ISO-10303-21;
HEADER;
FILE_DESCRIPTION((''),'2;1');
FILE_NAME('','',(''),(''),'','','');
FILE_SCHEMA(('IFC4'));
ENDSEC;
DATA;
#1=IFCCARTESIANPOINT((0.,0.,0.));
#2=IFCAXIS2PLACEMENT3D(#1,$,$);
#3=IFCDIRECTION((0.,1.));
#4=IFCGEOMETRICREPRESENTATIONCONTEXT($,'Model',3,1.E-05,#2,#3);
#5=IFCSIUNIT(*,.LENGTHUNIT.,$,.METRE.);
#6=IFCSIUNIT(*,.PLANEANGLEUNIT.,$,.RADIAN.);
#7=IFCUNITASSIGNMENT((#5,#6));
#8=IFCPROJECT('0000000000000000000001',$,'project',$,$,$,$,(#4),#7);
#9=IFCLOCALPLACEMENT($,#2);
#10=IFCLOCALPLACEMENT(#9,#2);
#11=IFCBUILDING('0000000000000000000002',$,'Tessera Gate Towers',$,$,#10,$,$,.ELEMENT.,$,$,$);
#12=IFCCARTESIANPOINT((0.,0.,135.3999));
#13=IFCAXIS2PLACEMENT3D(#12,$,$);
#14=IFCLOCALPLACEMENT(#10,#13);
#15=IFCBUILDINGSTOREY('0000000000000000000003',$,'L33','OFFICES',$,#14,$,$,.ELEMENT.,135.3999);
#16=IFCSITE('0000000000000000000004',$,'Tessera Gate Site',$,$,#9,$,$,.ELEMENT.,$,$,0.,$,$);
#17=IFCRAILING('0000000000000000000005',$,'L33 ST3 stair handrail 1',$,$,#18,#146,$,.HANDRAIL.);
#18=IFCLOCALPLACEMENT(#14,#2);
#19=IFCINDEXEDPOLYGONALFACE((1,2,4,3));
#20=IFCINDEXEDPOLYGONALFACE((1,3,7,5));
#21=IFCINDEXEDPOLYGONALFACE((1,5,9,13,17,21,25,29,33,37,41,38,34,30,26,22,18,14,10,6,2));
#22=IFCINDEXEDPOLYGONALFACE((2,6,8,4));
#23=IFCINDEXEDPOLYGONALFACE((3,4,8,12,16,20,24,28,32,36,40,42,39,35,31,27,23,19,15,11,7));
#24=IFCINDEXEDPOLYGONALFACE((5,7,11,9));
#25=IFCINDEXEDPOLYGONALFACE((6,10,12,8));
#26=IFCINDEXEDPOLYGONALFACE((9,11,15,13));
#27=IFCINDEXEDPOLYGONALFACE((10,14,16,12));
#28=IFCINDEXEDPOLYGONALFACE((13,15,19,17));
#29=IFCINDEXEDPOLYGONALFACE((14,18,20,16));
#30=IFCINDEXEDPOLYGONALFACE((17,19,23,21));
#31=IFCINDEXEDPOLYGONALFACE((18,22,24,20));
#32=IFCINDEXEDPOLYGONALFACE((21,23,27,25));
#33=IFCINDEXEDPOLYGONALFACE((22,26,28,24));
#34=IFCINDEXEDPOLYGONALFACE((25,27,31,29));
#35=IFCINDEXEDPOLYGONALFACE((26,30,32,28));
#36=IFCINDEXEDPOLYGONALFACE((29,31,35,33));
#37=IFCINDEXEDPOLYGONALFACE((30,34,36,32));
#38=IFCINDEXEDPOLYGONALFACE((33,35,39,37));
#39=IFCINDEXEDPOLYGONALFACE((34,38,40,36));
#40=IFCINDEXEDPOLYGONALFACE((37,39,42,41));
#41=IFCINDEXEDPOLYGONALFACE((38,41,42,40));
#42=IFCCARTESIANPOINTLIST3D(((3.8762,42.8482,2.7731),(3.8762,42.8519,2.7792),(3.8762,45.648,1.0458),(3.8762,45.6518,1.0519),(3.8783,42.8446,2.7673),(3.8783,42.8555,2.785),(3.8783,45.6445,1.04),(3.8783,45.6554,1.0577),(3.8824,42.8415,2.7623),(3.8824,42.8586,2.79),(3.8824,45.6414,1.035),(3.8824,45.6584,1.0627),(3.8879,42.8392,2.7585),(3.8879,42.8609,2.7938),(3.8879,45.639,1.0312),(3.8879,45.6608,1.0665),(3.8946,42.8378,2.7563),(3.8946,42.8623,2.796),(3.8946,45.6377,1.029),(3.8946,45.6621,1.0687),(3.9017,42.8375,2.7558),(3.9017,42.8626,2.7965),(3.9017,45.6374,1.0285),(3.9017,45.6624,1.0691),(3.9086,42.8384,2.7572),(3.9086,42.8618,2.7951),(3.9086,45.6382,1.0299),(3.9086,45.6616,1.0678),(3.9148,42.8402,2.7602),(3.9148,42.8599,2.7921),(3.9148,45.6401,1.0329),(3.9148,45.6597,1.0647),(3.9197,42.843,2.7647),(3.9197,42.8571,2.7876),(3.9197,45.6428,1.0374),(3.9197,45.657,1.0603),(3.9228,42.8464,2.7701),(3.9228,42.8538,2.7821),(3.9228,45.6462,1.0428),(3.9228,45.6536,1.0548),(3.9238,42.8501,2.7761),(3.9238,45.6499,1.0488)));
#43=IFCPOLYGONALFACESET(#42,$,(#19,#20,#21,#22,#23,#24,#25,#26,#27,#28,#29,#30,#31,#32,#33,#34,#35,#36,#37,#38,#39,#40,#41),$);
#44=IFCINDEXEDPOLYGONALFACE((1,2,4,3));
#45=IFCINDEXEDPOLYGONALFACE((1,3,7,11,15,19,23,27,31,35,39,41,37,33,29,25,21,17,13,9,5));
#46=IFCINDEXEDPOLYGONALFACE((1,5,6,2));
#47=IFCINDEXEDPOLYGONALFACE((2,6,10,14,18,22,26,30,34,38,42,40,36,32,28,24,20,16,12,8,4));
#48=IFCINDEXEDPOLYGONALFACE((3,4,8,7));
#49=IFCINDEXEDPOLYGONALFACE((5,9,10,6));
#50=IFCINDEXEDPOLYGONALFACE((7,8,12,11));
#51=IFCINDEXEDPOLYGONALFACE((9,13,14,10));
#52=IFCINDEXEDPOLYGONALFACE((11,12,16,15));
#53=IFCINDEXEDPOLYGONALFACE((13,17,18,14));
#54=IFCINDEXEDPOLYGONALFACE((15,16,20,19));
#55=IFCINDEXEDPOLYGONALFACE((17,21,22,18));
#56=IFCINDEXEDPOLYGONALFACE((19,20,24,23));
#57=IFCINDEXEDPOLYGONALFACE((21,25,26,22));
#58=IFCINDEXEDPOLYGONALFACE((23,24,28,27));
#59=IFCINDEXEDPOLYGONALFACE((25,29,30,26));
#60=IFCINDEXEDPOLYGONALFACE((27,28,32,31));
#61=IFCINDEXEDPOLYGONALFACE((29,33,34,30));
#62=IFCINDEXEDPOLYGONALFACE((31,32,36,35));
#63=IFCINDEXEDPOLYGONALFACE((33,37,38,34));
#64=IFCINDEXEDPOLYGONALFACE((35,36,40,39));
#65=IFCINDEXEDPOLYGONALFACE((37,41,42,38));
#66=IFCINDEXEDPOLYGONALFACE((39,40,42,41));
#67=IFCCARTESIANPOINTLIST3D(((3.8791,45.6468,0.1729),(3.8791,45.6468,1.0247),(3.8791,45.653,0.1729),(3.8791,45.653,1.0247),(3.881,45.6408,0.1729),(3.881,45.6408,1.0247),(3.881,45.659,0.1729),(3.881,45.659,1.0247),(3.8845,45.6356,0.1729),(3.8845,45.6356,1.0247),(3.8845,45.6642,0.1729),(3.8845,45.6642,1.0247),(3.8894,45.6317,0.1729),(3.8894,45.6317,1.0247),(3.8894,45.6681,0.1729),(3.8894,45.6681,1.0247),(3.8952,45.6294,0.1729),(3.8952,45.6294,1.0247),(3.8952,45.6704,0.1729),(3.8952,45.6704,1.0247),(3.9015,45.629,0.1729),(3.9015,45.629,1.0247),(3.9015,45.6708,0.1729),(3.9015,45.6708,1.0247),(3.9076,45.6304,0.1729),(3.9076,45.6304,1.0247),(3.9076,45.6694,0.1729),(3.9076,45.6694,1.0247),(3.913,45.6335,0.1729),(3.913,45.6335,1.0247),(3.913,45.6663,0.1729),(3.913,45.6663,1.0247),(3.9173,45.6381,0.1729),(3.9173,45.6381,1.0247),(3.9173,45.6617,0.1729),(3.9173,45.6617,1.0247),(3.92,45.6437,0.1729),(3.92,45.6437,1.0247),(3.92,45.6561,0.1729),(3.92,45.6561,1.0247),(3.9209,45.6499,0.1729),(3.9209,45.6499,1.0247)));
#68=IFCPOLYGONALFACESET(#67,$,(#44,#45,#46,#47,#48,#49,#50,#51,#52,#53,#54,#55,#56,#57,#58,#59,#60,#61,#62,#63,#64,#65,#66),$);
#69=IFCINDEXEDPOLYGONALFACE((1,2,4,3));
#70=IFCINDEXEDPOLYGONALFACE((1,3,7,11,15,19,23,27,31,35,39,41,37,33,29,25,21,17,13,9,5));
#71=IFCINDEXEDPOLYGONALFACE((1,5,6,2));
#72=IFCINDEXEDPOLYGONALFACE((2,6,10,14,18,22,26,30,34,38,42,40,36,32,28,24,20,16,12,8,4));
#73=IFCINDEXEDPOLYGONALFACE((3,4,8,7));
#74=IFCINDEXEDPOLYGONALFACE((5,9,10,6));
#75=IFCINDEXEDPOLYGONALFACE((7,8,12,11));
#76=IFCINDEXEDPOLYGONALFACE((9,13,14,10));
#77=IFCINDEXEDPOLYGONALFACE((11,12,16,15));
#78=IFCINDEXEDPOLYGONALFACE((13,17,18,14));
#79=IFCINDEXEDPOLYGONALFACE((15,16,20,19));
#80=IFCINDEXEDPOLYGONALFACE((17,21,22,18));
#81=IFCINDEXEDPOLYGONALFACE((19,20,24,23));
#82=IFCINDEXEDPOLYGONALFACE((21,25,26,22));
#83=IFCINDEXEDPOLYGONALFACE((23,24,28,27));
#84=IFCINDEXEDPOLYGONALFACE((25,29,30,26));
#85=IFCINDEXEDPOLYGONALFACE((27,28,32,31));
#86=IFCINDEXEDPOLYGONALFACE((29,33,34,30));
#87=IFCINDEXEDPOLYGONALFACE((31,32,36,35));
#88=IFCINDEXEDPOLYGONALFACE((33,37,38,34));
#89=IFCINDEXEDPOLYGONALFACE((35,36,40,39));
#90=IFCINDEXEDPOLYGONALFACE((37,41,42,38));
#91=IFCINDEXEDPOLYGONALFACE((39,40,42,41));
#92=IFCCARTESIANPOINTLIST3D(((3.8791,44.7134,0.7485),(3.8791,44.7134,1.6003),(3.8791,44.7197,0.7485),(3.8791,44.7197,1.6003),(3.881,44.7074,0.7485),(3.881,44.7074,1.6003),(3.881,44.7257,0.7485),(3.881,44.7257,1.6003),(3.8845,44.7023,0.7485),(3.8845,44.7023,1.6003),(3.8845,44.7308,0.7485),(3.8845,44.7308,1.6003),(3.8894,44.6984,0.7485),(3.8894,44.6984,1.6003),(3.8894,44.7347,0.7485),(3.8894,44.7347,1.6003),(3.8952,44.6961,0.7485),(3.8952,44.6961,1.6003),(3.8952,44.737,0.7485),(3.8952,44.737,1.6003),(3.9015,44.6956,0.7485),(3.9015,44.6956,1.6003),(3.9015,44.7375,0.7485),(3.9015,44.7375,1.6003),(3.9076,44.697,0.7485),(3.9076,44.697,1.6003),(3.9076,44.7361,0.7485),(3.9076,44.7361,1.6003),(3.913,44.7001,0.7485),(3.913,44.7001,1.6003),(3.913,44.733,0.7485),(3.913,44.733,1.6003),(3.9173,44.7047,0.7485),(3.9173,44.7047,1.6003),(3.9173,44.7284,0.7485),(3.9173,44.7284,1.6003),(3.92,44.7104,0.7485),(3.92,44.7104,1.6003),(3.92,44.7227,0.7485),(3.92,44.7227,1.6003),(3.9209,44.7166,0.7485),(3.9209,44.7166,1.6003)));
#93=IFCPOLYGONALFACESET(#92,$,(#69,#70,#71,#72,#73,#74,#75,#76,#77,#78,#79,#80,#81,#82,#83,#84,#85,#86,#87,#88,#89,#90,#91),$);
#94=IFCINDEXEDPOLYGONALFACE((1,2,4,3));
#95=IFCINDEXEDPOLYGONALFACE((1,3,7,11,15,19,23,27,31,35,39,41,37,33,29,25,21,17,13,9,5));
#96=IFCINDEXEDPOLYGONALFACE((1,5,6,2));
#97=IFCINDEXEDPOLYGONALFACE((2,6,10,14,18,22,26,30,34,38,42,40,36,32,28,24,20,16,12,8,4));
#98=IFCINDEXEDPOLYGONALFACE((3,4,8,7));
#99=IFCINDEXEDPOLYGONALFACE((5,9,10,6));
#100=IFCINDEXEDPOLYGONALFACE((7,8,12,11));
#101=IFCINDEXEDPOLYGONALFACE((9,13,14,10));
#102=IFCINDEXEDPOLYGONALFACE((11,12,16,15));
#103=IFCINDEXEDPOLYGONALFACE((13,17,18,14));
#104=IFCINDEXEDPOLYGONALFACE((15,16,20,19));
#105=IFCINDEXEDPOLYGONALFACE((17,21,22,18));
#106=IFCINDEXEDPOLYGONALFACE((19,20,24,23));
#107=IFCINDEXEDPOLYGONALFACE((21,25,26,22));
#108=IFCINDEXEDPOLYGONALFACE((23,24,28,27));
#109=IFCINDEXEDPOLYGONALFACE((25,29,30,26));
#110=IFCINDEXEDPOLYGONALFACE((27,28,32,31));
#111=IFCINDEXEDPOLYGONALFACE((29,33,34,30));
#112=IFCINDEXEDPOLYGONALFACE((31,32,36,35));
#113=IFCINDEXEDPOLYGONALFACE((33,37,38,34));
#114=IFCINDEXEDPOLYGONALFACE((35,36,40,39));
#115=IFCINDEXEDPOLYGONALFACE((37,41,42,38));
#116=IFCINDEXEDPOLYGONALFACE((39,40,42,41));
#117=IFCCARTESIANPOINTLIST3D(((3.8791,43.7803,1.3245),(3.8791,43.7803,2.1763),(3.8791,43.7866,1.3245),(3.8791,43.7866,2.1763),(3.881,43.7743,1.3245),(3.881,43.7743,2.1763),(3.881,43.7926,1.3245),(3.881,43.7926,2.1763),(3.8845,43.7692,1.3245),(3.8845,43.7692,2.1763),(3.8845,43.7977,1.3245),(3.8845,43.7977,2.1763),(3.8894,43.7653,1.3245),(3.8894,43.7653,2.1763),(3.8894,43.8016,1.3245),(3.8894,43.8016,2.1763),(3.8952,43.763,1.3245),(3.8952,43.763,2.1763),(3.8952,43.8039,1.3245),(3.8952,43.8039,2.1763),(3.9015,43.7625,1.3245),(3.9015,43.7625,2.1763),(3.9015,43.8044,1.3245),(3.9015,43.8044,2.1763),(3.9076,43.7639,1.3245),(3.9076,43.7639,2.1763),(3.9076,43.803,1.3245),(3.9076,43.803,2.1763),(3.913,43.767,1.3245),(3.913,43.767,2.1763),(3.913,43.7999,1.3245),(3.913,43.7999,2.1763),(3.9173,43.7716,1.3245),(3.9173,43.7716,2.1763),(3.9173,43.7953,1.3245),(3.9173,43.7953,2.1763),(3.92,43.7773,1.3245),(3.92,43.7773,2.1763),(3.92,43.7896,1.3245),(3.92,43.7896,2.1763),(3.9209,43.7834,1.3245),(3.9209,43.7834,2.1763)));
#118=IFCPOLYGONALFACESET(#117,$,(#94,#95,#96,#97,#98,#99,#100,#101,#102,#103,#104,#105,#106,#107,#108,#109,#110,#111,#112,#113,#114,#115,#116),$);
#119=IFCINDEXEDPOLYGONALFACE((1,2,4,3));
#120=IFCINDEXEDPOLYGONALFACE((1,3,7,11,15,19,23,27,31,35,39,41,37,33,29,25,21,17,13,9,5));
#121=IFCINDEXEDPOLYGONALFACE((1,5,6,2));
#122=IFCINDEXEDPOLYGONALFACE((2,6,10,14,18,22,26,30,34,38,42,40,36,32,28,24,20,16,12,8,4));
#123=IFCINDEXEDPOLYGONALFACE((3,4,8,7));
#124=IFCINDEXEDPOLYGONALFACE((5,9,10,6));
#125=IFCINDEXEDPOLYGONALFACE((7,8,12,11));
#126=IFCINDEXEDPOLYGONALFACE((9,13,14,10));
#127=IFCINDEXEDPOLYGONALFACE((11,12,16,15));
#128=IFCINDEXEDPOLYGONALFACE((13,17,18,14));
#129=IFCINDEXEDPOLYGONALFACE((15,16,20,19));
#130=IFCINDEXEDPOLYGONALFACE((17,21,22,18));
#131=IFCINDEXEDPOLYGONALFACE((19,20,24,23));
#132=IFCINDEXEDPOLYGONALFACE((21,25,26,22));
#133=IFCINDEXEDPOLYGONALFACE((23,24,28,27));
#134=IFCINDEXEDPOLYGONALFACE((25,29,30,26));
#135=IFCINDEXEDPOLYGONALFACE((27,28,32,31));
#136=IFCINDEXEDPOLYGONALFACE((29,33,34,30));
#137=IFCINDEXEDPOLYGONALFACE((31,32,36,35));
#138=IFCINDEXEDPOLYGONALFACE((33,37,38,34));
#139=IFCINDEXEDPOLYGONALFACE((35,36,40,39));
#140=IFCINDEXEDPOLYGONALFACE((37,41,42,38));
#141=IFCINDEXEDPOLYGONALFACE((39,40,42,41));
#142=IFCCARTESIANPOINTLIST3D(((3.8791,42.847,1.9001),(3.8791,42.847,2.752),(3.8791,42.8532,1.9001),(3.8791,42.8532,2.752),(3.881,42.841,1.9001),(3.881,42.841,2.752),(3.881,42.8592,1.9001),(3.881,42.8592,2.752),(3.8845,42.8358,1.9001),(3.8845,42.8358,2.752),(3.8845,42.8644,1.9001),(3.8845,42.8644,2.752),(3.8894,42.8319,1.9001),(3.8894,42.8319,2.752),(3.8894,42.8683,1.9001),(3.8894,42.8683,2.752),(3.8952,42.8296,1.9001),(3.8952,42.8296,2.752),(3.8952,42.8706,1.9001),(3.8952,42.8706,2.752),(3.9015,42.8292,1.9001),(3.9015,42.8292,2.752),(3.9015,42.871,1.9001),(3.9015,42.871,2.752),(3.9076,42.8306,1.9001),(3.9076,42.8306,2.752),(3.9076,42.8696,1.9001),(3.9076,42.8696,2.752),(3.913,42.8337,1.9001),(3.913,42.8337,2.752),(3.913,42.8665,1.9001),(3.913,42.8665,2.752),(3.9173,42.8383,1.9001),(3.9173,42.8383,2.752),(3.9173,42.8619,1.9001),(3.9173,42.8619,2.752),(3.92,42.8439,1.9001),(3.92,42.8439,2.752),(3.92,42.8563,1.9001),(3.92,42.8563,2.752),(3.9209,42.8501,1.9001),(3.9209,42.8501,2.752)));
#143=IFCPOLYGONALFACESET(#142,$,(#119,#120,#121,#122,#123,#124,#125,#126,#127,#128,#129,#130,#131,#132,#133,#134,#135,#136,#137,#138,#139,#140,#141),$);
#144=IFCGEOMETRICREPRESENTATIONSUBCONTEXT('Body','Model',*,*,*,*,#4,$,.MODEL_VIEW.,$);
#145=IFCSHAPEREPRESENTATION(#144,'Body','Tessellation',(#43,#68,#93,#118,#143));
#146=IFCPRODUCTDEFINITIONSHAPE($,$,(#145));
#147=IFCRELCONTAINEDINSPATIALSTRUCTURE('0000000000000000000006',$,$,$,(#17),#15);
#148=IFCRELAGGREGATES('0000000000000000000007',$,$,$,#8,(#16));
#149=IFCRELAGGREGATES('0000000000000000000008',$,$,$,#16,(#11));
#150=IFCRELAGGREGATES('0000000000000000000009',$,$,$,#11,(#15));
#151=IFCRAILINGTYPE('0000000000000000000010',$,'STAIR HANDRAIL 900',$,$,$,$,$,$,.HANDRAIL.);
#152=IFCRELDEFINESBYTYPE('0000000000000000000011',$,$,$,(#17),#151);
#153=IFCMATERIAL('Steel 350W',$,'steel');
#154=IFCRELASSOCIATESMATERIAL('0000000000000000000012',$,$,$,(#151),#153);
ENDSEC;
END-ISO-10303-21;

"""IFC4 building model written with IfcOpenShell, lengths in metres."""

from ifc_helpers import new_model, si_unit, direction, frame, origin, origin_2d, place, context, subcontext, project, spatial, circle, extrude, material, type_object, element, save


model = new_model("IFC4")

# Units and contexts
model_context = context("Model", 3, precision=1e-05, world=origin(), true_north=direction((0.0, 1.0)))
body_context = subcontext(model_context, "Body", "Model", "MODEL_VIEW")
ifc_project = project(units=[si_unit("LENGTHUNIT", "METRE"), si_unit("PLANEANGLEUNIT", "RADIAN")], contexts=[model_context])

# Site, building, storey
site_placement = place(None, origin())
site = spatial("IfcSite", under=ifc_project, at=site_placement, Name="Tessera Gate Site", CompositionType="ELEMENT", RefElevation=0.0)
building_placement = place(site_placement, origin())
building = spatial("IfcBuilding", under=site, at=building_placement, Name="Tessera Gate Towers", CompositionType="ELEMENT")
storey_placement = place(building_placement, frame((0.0, 0.0, 135.3999)))
storey = spatial("IfcBuildingStorey", under=building, at=storey_placement, Name="L33", Description="OFFICES", CompositionType="ELEMENT", Elevation=135.3999)

# Railing
ifc_material_1 = material(Name="Steel 350W", Category="steel")
railing_type_1 = type_object("IfcRailingType", Name="STAIR HANDRAIL 900", PredefinedType="HANDRAIL", material=ifc_material_1)
railing_1_placement = place(storey_placement, frame((3.8999, 45.6499, 0.1729)))
element("IfcRailing", 1, at=railing_1_placement, inside=storey, type_object=railing_type_1, Name="L33 ST3 stair handrail 1", PredefinedType="HANDRAIL", context=body_context, shape_type="SweptSolid", body=[
    extrude(circle(Radius=0.0239, at=origin_2d()), frame((0.0, 0.0, 0.876), z_axis=(0.0, -0.851069, 0.525054), x_axis=(1.0, 0.0, 0.0)), (0.0, 0.0, 1.0), 3.2898),
    extrude(circle(Radius=0.021, at=origin_2d()), origin(), (0.0, 0.0, 1.0), 0.8518),
    extrude(circle(Radius=0.021, at=origin_2d()), frame((0.0, -0.9333, 0.5757)), (0.0, 0.0, 1.0), 0.8518),
    extrude(circle(Radius=0.021, at=origin_2d()), frame((0.0, -1.8665, 1.1516)), (0.0, 0.0, 1.0), 0.8518),
    extrude(circle(Radius=0.021, at=origin_2d()), frame((0.0, -2.7998, 1.7273)), (0.0, 0.0, 1.0), 0.8518),
])

save(model, "model.ifc")
